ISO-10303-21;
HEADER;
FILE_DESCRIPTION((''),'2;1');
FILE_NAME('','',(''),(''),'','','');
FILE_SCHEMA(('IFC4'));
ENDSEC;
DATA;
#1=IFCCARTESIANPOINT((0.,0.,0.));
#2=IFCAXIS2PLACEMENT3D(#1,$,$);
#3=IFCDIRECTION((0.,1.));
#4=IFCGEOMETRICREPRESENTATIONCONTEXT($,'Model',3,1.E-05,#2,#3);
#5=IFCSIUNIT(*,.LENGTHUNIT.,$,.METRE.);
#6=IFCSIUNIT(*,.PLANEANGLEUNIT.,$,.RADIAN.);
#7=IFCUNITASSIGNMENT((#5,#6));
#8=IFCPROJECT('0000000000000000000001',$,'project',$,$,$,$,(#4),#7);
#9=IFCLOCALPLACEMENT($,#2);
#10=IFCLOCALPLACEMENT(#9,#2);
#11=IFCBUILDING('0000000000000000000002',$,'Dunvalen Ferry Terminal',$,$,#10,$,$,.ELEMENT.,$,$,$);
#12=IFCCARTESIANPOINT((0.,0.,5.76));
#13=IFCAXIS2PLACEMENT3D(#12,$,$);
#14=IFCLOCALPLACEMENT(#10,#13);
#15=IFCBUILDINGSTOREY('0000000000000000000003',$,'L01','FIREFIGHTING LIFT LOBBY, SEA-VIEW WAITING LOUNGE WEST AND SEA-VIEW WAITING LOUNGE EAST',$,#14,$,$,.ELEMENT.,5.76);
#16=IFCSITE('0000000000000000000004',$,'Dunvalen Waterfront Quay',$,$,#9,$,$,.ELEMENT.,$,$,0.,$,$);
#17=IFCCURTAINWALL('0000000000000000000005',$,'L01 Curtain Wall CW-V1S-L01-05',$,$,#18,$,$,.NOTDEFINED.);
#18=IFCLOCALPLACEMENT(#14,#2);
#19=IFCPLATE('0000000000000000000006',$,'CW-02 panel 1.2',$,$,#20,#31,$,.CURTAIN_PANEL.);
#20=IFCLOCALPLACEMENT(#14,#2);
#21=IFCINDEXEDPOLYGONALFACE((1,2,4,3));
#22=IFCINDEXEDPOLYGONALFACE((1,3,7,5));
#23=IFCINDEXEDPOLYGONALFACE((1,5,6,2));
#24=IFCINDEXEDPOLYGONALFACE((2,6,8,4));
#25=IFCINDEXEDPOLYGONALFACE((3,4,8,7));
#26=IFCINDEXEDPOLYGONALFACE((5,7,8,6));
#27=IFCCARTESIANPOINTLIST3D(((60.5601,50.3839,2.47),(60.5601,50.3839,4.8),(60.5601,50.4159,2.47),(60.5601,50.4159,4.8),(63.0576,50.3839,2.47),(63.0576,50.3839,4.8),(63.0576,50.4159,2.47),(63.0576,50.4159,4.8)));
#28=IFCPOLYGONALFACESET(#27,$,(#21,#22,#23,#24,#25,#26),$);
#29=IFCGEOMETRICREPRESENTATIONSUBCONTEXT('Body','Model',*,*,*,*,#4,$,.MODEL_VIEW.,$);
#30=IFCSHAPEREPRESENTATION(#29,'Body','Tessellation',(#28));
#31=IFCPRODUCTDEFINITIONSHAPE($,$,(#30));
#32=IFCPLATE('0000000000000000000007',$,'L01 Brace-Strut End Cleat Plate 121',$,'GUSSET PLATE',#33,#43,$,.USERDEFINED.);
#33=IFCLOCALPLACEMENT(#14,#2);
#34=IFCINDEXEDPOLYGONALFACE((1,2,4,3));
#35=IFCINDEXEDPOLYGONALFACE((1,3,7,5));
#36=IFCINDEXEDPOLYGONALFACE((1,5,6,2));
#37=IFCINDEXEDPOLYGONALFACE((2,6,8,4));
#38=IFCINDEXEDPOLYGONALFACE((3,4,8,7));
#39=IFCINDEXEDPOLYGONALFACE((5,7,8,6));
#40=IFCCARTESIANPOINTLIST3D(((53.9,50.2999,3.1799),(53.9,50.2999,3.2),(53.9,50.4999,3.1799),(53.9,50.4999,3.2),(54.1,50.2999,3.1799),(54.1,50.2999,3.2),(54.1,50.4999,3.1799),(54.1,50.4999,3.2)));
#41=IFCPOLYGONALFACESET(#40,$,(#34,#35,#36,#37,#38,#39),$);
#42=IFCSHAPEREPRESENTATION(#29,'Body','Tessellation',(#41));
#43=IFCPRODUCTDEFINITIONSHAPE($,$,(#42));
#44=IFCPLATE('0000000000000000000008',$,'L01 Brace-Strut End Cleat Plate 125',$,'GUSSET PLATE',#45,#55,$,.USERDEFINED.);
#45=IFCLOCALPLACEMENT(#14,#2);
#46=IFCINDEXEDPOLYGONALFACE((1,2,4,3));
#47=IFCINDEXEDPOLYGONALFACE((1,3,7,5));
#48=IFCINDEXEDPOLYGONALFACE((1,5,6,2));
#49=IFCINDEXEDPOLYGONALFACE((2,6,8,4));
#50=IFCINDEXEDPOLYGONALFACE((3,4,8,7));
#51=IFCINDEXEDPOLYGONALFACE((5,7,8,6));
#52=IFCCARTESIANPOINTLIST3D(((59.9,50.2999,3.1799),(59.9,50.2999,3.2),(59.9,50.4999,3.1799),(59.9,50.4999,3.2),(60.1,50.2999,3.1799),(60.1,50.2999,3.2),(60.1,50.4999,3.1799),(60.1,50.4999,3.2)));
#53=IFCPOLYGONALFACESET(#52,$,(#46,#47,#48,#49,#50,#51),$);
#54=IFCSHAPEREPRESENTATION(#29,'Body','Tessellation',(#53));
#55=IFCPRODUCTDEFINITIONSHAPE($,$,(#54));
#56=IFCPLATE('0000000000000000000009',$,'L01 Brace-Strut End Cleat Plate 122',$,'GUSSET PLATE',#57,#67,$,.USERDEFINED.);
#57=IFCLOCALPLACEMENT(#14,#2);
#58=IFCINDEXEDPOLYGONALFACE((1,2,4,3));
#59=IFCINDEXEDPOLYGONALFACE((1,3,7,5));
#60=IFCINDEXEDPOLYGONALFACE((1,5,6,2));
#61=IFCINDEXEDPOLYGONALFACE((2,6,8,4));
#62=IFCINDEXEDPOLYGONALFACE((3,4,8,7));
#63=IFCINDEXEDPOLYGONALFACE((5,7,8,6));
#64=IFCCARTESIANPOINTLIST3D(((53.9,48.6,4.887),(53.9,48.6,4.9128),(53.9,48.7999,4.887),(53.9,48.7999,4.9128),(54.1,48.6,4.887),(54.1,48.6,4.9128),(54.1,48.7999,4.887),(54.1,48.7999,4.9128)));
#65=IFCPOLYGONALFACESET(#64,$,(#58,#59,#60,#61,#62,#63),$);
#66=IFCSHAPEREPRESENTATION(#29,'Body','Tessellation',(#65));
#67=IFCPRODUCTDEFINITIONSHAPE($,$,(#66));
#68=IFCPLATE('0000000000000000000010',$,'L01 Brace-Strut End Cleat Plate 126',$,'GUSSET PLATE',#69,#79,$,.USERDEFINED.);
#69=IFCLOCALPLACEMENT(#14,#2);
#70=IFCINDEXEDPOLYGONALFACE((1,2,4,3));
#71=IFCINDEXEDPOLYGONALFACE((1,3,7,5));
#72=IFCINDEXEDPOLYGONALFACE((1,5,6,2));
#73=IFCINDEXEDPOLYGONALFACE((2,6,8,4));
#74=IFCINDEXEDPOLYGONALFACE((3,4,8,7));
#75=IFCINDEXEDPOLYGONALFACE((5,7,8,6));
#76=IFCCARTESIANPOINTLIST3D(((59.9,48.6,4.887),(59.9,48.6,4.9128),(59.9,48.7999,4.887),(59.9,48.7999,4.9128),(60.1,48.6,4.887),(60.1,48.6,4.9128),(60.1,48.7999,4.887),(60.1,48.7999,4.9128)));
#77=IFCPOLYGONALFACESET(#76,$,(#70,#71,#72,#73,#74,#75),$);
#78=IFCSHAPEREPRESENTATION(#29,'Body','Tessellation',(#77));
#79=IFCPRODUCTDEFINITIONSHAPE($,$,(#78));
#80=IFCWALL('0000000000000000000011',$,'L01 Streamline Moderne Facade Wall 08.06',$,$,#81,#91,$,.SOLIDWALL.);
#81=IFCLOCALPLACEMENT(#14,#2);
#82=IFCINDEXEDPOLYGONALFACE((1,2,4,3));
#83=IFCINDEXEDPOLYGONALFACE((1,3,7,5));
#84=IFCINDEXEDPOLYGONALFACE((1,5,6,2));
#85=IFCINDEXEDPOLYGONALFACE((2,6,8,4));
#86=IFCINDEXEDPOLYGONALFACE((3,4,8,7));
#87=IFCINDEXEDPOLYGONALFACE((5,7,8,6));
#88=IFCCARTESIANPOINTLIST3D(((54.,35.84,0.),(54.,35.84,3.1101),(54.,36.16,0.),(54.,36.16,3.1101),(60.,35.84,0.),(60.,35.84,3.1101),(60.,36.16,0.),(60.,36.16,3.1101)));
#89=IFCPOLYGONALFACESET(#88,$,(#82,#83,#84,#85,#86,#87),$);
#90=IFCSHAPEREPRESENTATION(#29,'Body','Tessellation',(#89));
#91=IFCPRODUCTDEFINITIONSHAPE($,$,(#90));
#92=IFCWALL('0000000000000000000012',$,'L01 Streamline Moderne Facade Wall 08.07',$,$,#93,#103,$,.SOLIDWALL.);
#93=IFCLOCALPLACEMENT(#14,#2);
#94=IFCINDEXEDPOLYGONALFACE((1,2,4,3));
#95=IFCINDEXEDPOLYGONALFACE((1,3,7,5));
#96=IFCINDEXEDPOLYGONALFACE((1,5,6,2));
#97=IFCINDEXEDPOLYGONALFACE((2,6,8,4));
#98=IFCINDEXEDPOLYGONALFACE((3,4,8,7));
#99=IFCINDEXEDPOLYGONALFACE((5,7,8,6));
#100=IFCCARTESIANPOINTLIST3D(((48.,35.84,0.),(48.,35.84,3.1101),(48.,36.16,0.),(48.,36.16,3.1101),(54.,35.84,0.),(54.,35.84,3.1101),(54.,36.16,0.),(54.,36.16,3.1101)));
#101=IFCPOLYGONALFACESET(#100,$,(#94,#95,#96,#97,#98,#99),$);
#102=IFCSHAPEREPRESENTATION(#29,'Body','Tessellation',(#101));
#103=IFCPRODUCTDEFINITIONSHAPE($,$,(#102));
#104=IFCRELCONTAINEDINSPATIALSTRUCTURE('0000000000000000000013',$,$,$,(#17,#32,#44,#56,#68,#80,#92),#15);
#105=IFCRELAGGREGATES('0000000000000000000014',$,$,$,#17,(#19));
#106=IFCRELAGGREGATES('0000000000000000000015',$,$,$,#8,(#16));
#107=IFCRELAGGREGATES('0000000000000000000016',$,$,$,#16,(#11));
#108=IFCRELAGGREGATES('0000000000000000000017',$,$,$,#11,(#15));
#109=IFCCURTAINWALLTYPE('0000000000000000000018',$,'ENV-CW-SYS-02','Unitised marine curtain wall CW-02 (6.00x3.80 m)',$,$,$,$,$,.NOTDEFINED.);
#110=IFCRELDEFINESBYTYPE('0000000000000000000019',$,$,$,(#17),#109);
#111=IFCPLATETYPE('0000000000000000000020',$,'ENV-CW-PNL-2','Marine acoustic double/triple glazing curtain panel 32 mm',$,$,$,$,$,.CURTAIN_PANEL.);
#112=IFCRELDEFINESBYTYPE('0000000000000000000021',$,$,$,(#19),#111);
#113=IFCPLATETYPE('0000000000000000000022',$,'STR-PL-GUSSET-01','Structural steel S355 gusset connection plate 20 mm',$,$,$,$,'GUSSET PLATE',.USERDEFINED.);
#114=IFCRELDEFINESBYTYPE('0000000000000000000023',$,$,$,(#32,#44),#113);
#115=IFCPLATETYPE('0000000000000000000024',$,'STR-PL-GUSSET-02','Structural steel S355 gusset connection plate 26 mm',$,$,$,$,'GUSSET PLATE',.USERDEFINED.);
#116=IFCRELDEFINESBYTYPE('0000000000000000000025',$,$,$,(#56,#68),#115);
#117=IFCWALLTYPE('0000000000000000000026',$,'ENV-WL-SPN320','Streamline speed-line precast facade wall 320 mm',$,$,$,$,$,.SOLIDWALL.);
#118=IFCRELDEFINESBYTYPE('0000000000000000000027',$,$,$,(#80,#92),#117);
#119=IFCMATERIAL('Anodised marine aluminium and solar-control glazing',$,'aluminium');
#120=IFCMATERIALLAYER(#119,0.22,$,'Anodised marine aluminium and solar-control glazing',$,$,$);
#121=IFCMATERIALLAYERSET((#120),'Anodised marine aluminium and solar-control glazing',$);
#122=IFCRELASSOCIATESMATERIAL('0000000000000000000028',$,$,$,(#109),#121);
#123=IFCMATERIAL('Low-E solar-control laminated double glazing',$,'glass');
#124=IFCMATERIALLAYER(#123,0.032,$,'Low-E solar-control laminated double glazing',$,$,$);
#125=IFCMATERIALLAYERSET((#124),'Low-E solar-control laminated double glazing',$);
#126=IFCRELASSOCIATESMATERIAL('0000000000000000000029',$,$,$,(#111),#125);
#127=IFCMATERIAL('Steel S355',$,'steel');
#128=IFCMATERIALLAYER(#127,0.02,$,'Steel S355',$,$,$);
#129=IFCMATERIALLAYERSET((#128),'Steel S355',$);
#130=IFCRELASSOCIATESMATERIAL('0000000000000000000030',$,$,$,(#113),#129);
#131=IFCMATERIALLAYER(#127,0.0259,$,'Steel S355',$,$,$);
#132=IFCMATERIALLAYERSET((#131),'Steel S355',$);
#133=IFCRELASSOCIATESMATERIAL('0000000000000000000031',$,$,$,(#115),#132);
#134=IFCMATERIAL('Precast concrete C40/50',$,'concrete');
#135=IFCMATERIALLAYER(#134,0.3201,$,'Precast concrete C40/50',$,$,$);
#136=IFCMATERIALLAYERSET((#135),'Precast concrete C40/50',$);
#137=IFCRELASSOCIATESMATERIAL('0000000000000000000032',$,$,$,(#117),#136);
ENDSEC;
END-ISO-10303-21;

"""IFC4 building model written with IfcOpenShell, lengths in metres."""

from ifc_helpers import new_model, si_unit, direction, frame, frame_2d, origin, origin_2d, place, context, subcontext, project, spatial, rectangle, extrude, material, layer, layer_set, type_object, element, aggregate, save


model = new_model("IFC4")

# Units and contexts
model_context = context("Model", 3, precision=1e-05, world=origin(), true_north=direction((0.0, 1.0)))
body_context = subcontext(model_context, "Body", "Model", "MODEL_VIEW")
ifc_project = project(units=[si_unit("LENGTHUNIT", "METRE"), si_unit("PLANEANGLEUNIT", "RADIAN")], contexts=[model_context])

# Site, building, storey
site_placement = place(None, origin())
site = spatial("IfcSite", under=ifc_project, at=site_placement, Name="Dunvalen Waterfront Quay", CompositionType="ELEMENT", RefElevation=0.0)
building_placement = place(site_placement, origin())
building = spatial("IfcBuilding", under=site, at=building_placement, Name="Dunvalen Ferry Terminal", CompositionType="ELEMENT")
storey_placement = place(building_placement, frame((0.0, 0.0, 5.76)))
storey = spatial("IfcBuildingStorey", under=building, at=storey_placement, Name="L01", Description="FIREFIGHTING LIFT LOBBY, SEA-VIEW WAITING LOUNGE WEST AND SEA-VIEW WAITING LOUNGE EAST", CompositionType="ELEMENT", Elevation=5.76)

# Curtain wall
ifc_material_1 = material(Name="Anodised marine aluminium and solar-control glazing", Category="aluminium")
ifc_layer_1 = layer(ifc_material_1, 0.22, Name="Anodised marine aluminium and solar-control glazing")
ifc_layer_set_1 = layer_set([ifc_layer_1], Name="Anodised marine aluminium and solar-control glazing")
curtain_wall_type = type_object("IfcCurtainWallType", Name="ENV-CW-SYS-02", Description="Unitised marine curtain wall CW-02 (6.00x3.80 m)", PredefinedType="NOTDEFINED", material=ifc_layer_set_1)
curtain_wall_1_placement = place(storey_placement, origin())
curtain_wall_1 = element("IfcCurtainWall", 1, at=curtain_wall_1_placement, inside=storey, type_object=curtain_wall_type, Name="L01 Curtain Wall CW-V1S-L01-05", PredefinedType="NOTDEFINED")

# Shared definitions
ifc_material_2 = material(Name="Steel S355", Category="steel")

# Plate
ifc_material_3 = material(Name="Low-E solar-control laminated double glazing", Category="glass")
ifc_layer_2 = layer(ifc_material_3, 0.032, Name="Low-E solar-control laminated double glazing")
ifc_layer_set_2 = layer_set([ifc_layer_2], Name="Low-E solar-control laminated double glazing")
plate_type_1 = type_object("IfcPlateType", Name="ENV-CW-PNL-2", Description="Marine acoustic double/triple glazing curtain panel 32 mm", PredefinedType="CURTAIN_PANEL", material=ifc_layer_set_2)
plate_1_placement = place(storey_placement, frame((61.8088, 50.3999, 2.47), z_axis=(0.0, 0.0, 1.0), x_axis=(1.0, 0.0, 0.0)))
plate_1 = element("IfcPlate", 2, at=plate_1_placement, type_object=plate_type_1, Name="CW-02 panel 1.2", PredefinedType="CURTAIN_PANEL", context=body_context, shape_type="SweptSolid", body=[
    extrude(rectangle(XDim=2.4976, YDim=0.032, at=origin_2d()), origin(), (0.0, 0.0, 1.0), 2.3301),
])
aggregate(curtain_wall_1, [plate_1])

# Plates
ifc_layer_3 = layer(ifc_material_2, 0.02, Name="Steel S355")
ifc_layer_set_3 = layer_set([ifc_layer_3], Name="Steel S355")
plate_type_2 = type_object("IfcPlateType", Name="STR-PL-GUSSET-01", Description="Structural steel S355 gusset connection plate 20 mm", ElementType="GUSSET PLATE", PredefinedType="USERDEFINED", material=ifc_layer_set_3)
for number, where, z_axis, x_axis, name in (
    (3, (54.0, 50.3999, 3.1799), (0.0, 0.0, 1.0), (1.0, 0.0, 0.0), "L01 Brace-Strut End Cleat Plate 121"),
    (4, (60.0, 50.3999, 3.1799), (0.0, 0.0, 1.0), (1.0, 0.0, 0.0), "L01 Brace-Strut End Cleat Plate 125"),
):
    element("IfcPlate", number, at=place(storey_placement, frame(where, z_axis=z_axis, x_axis=x_axis)), inside=storey, type_object=plate_type_2, Name=name, ObjectType="GUSSET PLATE", PredefinedType="USERDEFINED", context=body_context, shape_type="SweptSolid", body=[
        extrude(rectangle(XDim=0.2, YDim=0.2, at=origin_2d()), origin(), (0.0, 0.0, 1.0), 0.02),
    ])
ifc_layer_4 = layer(ifc_material_2, 0.0259, Name="Steel S355")
ifc_layer_set_4 = layer_set([ifc_layer_4], Name="Steel S355")
plate_type_3 = type_object("IfcPlateType", Name="STR-PL-GUSSET-02", Description="Structural steel S355 gusset connection plate 26 mm", ElementType="GUSSET PLATE", PredefinedType="USERDEFINED", material=ifc_layer_set_4)
for number, where, z_axis, x_axis, name in (
    (5, (54.0, 48.7, 4.887), (0.0, 0.0, 1.0), (1.0, 0.0, 0.0), "L01 Brace-Strut End Cleat Plate 122"),
    (6, (60.0, 48.7, 4.887), (0.0, 0.0, 1.0), (1.0, 0.0, 0.0), "L01 Brace-Strut End Cleat Plate 126"),
):
    element("IfcPlate", number, at=place(storey_placement, frame(where, z_axis=z_axis, x_axis=x_axis)), inside=storey, type_object=plate_type_3, Name=name, ObjectType="GUSSET PLATE", PredefinedType="USERDEFINED", context=body_context, shape_type="SweptSolid", body=[
        extrude(rectangle(XDim=0.2, YDim=0.2, at=origin_2d()), origin(), (0.0, 0.0, 1.0), 0.0259),
    ])

# Walls
ifc_material_4 = material(Name="Precast concrete C40/50", Category="concrete")
ifc_layer_5 = layer(ifc_material_4, 0.3201, Name="Precast concrete C40/50")
ifc_layer_set_5 = layer_set([ifc_layer_5], Name="Precast concrete C40/50")
wall_type = type_object("IfcWallType", Name="ENV-WL-SPN320", Description="Streamline speed-line precast facade wall 320 mm", PredefinedType="SOLIDWALL", material=ifc_layer_set_5)
for number, where, z_axis, x_axis, name in (
    (7, (60.0, 36.0, 0.0), (0.0, 0.0, 1.0), (-1.0, 0.0, 0.0), "L01 Streamline Moderne Facade Wall 08.06"),
    (8, (54.0, 36.0, 0.0), (0.0, 0.0, 1.0), (-1.0, 0.0, 0.0), "L01 Streamline Moderne Facade Wall 08.07"),
):
    element("IfcWall", number, at=place(storey_placement, frame(where, z_axis=z_axis, x_axis=x_axis)), inside=storey, type_object=wall_type, Name=name, PredefinedType="SOLIDWALL", context=body_context, shape_type="SweptSolid", body=[
        extrude(rectangle(XDim=6.0, YDim=0.3201, at=frame_2d((3.0, 0.0))), origin(), (0.0, 0.0, 1.0), 3.1101),
    ])

save(model, "model.ifc")
